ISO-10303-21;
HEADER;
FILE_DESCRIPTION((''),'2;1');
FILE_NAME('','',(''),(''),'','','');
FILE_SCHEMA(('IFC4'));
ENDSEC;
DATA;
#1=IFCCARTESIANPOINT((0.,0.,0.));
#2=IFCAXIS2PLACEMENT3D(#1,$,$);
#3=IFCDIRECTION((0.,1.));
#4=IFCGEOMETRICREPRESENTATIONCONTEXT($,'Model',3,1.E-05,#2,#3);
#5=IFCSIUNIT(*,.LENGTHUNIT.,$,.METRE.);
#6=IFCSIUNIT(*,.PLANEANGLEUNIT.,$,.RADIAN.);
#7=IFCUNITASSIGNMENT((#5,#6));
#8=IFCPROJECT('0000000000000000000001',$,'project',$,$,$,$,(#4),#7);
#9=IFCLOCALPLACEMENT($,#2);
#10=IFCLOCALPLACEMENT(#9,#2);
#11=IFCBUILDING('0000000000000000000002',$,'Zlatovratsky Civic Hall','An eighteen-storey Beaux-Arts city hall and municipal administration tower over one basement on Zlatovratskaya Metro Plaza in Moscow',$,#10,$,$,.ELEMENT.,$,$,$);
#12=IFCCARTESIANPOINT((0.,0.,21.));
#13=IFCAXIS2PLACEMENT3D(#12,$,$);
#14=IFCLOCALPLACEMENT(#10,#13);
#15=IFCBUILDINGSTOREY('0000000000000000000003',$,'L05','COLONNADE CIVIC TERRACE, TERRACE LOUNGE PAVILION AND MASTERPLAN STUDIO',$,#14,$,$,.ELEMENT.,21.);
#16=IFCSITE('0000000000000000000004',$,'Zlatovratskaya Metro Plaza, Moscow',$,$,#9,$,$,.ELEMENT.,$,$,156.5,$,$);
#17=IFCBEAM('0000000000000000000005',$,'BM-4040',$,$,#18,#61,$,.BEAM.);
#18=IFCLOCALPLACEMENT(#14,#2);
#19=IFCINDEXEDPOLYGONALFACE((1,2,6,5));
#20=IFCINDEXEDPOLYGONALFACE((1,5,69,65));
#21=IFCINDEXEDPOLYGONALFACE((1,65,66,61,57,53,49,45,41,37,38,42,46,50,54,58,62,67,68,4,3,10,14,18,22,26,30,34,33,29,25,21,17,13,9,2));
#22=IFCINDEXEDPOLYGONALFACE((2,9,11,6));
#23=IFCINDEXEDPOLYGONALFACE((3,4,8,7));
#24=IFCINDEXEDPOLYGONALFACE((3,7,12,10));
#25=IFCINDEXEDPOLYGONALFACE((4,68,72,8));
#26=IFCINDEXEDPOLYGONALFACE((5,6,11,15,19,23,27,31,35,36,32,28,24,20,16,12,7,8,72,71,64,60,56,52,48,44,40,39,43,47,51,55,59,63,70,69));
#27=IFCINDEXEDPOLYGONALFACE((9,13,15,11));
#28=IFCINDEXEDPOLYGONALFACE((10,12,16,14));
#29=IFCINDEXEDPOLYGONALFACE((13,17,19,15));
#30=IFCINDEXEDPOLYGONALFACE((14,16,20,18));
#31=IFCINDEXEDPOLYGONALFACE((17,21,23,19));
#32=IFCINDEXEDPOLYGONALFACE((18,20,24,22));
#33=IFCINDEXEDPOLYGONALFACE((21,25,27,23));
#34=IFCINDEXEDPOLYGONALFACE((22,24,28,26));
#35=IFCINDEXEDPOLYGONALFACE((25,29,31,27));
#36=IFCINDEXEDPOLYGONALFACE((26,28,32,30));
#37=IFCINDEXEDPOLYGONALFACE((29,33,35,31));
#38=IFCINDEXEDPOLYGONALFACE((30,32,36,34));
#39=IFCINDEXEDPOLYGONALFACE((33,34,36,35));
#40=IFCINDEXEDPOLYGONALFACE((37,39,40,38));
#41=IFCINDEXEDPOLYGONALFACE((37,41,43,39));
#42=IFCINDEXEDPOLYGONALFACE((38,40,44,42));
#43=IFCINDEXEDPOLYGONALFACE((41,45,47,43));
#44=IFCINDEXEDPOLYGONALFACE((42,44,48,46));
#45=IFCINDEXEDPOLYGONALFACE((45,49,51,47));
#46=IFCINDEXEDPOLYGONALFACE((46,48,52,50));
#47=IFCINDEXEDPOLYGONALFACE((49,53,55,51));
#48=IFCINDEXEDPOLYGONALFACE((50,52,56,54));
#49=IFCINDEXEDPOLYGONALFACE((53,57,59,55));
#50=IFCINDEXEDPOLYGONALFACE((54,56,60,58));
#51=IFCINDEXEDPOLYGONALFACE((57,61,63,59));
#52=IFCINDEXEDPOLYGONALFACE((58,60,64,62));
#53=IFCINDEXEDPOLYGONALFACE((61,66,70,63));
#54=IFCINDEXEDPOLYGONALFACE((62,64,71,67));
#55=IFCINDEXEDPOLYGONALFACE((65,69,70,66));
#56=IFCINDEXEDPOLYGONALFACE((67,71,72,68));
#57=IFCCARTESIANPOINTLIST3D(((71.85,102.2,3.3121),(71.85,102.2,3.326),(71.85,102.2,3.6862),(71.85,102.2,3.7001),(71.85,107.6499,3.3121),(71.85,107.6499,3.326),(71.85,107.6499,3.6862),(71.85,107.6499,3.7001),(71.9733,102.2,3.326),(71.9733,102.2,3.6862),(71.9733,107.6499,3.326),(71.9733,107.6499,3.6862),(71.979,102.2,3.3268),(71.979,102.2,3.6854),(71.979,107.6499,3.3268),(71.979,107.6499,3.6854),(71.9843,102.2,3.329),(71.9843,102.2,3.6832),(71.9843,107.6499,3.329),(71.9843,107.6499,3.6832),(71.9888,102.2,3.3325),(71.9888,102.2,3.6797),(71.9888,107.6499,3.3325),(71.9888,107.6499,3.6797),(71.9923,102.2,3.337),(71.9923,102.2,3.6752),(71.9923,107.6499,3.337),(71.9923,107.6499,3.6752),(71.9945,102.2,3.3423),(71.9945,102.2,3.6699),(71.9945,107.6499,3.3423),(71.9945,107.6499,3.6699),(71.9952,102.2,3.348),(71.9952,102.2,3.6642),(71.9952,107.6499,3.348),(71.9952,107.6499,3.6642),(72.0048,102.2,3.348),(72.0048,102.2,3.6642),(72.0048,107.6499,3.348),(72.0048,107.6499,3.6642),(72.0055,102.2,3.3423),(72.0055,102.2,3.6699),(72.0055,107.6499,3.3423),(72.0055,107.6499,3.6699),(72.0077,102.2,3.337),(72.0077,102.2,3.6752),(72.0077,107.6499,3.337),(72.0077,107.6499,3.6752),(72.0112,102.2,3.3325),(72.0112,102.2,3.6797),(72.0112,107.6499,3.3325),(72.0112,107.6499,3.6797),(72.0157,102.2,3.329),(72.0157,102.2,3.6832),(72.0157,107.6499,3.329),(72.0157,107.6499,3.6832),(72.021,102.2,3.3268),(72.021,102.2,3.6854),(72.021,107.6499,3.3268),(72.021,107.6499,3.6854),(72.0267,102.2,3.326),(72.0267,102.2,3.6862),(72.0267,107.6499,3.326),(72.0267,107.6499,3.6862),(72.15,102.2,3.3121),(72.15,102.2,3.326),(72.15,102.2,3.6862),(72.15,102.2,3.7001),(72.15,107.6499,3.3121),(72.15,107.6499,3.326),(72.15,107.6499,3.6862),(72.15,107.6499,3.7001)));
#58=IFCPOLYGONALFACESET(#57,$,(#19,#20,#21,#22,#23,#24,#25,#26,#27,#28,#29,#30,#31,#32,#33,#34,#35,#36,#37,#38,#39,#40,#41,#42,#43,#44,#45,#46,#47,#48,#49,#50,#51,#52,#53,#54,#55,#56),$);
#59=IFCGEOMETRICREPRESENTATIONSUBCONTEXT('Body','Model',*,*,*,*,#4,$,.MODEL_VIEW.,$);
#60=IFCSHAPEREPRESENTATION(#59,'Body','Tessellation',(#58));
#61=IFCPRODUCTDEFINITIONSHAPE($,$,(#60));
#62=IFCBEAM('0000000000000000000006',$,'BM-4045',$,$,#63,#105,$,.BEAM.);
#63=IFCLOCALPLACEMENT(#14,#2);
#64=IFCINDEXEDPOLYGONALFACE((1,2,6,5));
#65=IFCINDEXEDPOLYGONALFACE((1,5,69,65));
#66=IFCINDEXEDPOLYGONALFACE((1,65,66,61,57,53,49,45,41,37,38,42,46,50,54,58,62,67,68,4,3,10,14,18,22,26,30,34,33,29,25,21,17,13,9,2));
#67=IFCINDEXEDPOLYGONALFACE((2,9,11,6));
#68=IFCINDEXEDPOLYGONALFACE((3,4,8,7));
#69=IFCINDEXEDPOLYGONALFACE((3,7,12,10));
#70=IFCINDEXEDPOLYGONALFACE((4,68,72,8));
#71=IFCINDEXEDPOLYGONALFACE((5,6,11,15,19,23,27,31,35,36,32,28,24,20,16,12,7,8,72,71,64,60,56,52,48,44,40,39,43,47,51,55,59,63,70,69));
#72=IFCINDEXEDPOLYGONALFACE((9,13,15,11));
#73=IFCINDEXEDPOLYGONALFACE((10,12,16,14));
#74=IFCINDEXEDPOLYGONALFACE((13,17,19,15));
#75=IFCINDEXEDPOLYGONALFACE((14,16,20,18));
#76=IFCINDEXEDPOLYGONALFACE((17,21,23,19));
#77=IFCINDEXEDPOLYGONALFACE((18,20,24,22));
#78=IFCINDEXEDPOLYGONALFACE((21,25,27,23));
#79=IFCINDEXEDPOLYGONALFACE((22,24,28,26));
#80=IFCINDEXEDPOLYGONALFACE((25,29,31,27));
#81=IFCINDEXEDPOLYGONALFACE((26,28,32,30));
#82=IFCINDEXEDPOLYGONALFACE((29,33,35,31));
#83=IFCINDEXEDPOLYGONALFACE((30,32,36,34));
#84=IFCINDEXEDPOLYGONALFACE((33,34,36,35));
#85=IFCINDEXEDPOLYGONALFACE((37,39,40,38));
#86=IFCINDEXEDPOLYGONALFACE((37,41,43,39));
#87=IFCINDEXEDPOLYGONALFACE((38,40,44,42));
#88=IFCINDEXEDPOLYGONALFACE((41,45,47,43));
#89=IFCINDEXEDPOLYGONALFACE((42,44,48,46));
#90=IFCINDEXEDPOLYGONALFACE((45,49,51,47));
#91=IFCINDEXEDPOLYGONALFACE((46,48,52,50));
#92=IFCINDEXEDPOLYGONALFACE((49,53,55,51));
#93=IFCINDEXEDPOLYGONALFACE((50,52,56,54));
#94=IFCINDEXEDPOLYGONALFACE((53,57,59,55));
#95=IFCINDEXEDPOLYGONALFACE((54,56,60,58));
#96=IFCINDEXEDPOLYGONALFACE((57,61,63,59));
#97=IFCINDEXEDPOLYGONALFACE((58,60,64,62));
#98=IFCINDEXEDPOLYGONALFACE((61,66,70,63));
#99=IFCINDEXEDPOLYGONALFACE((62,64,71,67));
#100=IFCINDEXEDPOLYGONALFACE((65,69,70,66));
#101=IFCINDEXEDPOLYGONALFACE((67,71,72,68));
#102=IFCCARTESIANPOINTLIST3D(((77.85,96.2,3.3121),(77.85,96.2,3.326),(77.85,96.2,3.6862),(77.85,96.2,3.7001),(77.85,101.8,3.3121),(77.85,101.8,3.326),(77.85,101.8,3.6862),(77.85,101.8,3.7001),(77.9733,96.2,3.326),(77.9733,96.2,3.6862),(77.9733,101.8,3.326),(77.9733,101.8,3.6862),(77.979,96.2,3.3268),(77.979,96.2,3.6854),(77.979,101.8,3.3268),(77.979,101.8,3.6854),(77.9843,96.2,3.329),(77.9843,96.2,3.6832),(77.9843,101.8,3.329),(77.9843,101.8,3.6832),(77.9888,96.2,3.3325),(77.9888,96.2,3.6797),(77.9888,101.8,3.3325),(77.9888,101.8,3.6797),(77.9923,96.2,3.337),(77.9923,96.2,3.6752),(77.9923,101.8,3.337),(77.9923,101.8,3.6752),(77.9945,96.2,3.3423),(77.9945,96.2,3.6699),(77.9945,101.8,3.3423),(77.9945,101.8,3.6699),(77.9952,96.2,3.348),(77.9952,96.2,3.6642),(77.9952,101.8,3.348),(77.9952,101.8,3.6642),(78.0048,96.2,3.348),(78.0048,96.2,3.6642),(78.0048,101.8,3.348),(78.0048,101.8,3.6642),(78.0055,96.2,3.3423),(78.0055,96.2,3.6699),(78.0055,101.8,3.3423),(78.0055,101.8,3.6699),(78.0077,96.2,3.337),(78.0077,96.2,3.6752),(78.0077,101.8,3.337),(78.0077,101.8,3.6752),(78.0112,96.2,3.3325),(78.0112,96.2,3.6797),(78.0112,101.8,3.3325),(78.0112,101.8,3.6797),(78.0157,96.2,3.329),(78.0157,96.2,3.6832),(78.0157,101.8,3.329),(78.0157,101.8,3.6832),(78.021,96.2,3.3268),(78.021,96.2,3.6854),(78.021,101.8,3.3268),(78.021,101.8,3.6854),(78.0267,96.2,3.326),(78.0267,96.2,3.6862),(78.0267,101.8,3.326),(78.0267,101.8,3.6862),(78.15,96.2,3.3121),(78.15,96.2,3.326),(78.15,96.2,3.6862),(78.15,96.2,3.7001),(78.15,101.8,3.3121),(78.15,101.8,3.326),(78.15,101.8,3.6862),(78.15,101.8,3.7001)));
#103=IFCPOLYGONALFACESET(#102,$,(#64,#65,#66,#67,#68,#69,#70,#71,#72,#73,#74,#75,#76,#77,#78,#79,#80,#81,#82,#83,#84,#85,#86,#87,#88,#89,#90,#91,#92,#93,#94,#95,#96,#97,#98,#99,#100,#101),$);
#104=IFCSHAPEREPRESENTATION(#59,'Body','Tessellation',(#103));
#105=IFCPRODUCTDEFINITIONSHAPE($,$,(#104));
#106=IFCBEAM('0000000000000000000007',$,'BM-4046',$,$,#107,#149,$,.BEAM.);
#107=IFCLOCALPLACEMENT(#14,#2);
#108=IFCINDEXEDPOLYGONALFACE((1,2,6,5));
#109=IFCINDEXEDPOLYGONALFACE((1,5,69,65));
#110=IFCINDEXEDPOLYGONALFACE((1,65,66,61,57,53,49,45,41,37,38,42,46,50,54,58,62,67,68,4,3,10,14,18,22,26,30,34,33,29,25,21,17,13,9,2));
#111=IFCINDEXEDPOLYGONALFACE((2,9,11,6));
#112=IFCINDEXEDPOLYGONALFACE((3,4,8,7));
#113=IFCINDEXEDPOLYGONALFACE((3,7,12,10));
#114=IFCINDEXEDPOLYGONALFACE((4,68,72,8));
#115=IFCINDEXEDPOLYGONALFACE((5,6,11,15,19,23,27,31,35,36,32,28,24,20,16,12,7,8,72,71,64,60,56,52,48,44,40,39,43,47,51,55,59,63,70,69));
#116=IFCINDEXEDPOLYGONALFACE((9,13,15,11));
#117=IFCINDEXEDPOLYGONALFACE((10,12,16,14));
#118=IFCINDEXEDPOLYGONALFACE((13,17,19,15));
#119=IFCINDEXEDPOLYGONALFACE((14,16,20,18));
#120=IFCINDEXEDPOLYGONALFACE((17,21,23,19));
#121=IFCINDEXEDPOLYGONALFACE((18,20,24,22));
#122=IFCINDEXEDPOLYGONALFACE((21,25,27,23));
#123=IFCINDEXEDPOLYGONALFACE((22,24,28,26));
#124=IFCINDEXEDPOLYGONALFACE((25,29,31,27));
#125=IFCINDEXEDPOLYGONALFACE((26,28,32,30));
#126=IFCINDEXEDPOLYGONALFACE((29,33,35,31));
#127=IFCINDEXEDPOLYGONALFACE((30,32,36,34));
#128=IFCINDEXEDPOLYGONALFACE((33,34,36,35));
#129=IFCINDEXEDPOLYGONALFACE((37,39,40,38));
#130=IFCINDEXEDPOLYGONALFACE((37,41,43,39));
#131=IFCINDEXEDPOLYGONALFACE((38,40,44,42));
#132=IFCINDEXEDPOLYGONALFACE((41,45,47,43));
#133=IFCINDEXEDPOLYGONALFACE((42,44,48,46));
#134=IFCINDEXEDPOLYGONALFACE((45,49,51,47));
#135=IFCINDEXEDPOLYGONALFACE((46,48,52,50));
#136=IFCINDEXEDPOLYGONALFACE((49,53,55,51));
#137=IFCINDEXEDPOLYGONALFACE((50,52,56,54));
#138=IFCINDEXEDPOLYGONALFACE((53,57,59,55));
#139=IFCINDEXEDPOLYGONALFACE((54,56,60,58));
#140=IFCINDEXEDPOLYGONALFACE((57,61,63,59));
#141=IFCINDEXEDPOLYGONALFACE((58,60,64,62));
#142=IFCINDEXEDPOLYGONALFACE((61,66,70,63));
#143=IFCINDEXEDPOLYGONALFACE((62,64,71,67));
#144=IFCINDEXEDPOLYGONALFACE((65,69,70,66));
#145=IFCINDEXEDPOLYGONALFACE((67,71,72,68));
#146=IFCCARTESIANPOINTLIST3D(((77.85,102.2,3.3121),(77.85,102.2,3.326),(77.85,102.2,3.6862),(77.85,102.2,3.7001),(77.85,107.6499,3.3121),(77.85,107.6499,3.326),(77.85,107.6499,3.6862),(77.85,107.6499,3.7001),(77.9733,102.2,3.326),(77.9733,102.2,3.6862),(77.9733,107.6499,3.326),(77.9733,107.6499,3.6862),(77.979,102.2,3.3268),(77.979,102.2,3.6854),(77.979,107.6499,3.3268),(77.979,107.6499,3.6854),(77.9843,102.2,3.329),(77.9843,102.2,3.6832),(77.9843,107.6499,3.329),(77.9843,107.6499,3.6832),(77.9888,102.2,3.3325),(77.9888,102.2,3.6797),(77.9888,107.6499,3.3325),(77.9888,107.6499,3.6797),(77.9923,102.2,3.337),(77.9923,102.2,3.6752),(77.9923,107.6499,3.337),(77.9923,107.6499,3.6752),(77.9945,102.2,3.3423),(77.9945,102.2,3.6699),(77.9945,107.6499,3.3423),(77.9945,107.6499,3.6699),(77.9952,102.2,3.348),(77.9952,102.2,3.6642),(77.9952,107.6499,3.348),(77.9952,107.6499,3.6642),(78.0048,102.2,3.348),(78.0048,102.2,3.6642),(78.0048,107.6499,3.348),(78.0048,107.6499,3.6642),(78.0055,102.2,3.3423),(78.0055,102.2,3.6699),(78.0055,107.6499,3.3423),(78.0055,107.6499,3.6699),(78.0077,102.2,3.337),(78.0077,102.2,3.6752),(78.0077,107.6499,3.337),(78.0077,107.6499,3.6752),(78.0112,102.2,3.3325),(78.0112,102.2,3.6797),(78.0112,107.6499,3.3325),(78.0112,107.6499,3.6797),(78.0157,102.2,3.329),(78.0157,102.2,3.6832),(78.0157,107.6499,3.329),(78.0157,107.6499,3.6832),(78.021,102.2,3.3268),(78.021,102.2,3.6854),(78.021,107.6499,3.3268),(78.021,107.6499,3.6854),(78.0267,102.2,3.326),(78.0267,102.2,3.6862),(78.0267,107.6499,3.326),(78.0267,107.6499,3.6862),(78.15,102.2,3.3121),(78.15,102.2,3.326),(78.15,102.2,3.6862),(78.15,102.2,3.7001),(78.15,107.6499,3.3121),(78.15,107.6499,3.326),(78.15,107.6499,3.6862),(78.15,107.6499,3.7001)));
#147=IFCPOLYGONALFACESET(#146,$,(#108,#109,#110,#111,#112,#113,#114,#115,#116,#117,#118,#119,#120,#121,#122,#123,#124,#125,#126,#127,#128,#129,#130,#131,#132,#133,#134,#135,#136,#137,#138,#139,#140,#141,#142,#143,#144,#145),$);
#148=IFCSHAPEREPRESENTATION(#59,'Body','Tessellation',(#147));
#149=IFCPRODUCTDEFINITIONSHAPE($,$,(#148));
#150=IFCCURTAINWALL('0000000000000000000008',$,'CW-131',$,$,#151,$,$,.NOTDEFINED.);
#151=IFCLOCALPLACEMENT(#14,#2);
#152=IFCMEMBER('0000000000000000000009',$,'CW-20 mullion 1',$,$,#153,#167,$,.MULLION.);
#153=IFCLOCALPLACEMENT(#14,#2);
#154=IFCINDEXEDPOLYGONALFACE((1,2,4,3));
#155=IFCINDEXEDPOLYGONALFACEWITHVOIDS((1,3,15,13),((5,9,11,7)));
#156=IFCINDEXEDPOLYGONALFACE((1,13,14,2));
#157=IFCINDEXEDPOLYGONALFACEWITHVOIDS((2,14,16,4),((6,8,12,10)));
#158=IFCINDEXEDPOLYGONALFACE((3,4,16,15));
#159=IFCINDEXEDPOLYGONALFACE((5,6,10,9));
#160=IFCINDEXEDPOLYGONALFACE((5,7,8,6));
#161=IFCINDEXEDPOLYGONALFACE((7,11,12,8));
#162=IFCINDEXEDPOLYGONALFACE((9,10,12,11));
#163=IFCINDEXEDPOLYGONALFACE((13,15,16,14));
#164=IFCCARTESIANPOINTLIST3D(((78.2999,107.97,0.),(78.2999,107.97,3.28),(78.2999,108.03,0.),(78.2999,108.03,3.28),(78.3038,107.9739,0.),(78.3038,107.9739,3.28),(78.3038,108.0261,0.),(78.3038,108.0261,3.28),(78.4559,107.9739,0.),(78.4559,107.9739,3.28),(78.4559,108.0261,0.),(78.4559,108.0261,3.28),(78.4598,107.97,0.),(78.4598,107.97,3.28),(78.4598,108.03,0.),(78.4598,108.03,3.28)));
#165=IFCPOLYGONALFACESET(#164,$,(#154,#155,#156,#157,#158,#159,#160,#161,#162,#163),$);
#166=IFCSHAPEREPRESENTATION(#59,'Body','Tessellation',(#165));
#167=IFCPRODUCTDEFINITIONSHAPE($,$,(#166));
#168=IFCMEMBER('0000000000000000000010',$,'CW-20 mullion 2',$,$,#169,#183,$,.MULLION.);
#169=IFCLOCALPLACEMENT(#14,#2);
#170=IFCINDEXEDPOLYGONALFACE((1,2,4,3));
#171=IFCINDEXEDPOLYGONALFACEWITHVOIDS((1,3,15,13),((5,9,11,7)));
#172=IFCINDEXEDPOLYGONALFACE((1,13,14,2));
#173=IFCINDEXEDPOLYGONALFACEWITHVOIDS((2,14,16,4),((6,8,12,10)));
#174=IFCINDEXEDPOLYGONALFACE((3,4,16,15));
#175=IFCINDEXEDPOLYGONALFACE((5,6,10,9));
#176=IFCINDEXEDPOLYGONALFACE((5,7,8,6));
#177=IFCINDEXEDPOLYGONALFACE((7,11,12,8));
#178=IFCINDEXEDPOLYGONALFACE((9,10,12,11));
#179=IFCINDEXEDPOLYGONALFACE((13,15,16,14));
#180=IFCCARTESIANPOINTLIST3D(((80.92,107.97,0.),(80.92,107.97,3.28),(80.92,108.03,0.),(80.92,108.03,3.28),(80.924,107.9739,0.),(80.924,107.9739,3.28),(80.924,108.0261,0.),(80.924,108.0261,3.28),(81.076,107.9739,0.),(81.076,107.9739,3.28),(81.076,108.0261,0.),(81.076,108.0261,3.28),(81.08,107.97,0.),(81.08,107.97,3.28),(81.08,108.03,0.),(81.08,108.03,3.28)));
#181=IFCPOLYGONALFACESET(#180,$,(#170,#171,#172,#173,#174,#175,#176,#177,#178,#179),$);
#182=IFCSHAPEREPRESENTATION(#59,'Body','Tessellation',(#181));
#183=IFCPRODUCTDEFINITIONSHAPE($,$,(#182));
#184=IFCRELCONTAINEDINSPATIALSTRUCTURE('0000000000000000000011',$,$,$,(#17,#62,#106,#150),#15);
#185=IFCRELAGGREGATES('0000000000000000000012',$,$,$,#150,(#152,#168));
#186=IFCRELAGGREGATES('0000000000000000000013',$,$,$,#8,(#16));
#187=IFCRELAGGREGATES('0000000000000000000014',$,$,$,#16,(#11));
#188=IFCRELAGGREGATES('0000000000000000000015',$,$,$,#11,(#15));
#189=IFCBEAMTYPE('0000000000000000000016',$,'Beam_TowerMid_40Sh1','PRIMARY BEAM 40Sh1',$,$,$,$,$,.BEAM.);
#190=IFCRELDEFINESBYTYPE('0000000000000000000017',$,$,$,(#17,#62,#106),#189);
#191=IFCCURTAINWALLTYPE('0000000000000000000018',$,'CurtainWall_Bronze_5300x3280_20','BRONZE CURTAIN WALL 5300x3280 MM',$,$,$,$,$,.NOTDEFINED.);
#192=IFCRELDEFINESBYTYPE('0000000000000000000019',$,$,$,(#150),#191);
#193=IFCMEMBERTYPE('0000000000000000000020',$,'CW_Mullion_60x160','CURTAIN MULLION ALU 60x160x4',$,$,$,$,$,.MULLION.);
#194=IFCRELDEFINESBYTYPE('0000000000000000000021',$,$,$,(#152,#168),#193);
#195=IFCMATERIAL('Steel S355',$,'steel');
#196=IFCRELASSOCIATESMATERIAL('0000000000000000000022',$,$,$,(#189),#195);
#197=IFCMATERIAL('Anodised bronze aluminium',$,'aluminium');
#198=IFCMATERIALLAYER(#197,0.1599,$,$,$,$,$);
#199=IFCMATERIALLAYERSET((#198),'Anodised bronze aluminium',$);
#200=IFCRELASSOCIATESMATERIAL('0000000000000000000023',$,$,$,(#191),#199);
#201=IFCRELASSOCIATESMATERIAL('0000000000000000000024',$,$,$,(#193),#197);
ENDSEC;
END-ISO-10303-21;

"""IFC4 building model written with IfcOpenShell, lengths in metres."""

from ifc_helpers import new_model, si_unit, direction, frame, origin, origin_2d, place, context, subcontext, project, spatial, hollow_rectangle, i_section, extrude, material, layer, layer_set, material_profile, profile_set, type_object, element, aggregate, save


model = new_model("IFC4")

# Units and contexts
model_context = context("Model", 3, precision=1e-05, world=origin(), true_north=direction((0.0, 1.0)))
body_context = subcontext(model_context, "Body", "Model", "MODEL_VIEW")
ifc_project = project(units=[si_unit("LENGTHUNIT", "METRE"), si_unit("PLANEANGLEUNIT", "RADIAN")], contexts=[model_context])

# Site, building, storey
site_placement = place(None, origin())
site = spatial("IfcSite", under=ifc_project, at=site_placement, Name="Zlatovratskaya Metro Plaza, Moscow", CompositionType="ELEMENT", RefElevation=156.5)
building_placement = place(site_placement, origin())
building = spatial("IfcBuilding", under=site, at=building_placement, Name="Zlatovratsky Civic Hall", Description="An eighteen-storey Beaux-Arts city hall and municipal administration tower over one basement on Zlatovratskaya Metro Plaza in Moscow", CompositionType="ELEMENT")
storey_placement = place(building_placement, frame((0.0, 0.0, 21.0)))
storey = spatial("IfcBuildingStorey", under=building, at=storey_placement, Name="L05", Description="COLONNADE CIVIC TERRACE, TERRACE LOUNGE PAVILION AND MASTERPLAN STUDIO", CompositionType="ELEMENT", Elevation=21.0)

# Shared definitions
ifc_material_1 = material(Name="Steel S355", Category="steel")

# Beams
ifc_material_profile_1 = material_profile(ifc_material_1, i_section(OverallWidth=0.3, OverallDepth=0.3879, WebThickness=0.0095, FlangeThickness=0.0139, FilletRadius=0.022, at=origin_2d()), Name="40Sh1")
ifc_profile_set_1 = profile_set([ifc_material_profile_1], Name="Steel S355")
beam_type_1 = type_object("IfcBeamType", Name="Beam_TowerMid_40Sh1", Description="PRIMARY BEAM 40Sh1", PredefinedType="BEAM", material=ifc_profile_set_1)
for number, where, z_axis, x_axis, name in (
    (1, (72.0, 102.2, 3.5061), (0.0, 1.0, 0.0), (-1.0, 0.0, 0.0), "BM-4040"),
):
    element("IfcBeam", number, at=place(storey_placement, frame(where, z_axis=z_axis, x_axis=x_axis)), inside=storey, type_object=beam_type_1, Name=name, PredefinedType="BEAM", context=body_context, shape_type="SweptSolid", body=[
        extrude(i_section(OverallWidth=0.3, OverallDepth=0.3879, WebThickness=0.0095, FlangeThickness=0.0139, FilletRadius=0.022, at=origin_2d()), origin(), (0.0, 0.0, 1.0), 5.45),
    ])
beam_1_placement = place(storey_placement, frame((78.0, 96.2, 3.5061), z_axis=(0.0, 1.0, 0.0), x_axis=(-1.0, 0.0, 0.0)))
element("IfcBeam", 2, at=beam_1_placement, inside=storey, type_object=beam_type_1, Name="BM-4045", PredefinedType="BEAM", context=body_context, shape_type="SweptSolid", body=[
    extrude(i_section(OverallWidth=0.3, OverallDepth=0.3879, WebThickness=0.0095, FlangeThickness=0.0139, FilletRadius=0.022, at=origin_2d()), origin(), (0.0, 0.0, 1.0), 5.6001),
])
beam_2_placement = place(storey_placement, frame((78.0, 102.2, 3.5061), z_axis=(0.0, 1.0, 0.0), x_axis=(-1.0, 0.0, 0.0)))
element("IfcBeam", 3, at=beam_2_placement, inside=storey, type_object=beam_type_1, Name="BM-4046", PredefinedType="BEAM", context=body_context, shape_type="SweptSolid", body=[
    extrude(i_section(OverallWidth=0.3, OverallDepth=0.3879, WebThickness=0.0095, FlangeThickness=0.0139, FilletRadius=0.022, at=origin_2d()), origin(), (0.0, 0.0, 1.0), 5.45),
])

# Curtain wall, members
ifc_material_2 = material(Name="Anodised bronze aluminium", Category="aluminium")
ifc_layer_1 = layer(ifc_material_2, 0.1599)
ifc_layer_set_1 = layer_set([ifc_layer_1], Name="Anodised bronze aluminium")
curtain_wall_type = type_object("IfcCurtainWallType", Name="CurtainWall_Bronze_5300x3280_20", Description="BRONZE CURTAIN WALL 5300x3280 MM", PredefinedType="NOTDEFINED", material=ifc_layer_set_1)
curtain_wall_placement = place(storey_placement, origin())
curtain_wall = element("IfcCurtainWall", 4, at=curtain_wall_placement, inside=storey, type_object=curtain_wall_type, Name="CW-131", PredefinedType="NOTDEFINED")
ifc_material_profile_2 = material_profile(ifc_material_2, hollow_rectangle(XDim=0.0601, YDim=0.1599, WallThickness=0.0039, at=origin_2d()), Name="ALU 60x160x4")
ifc_profile_set_2 = profile_set([ifc_material_profile_2], Name="Anodised bronze aluminium")
member_type_1 = type_object("IfcMemberType", Name="CW_Mullion_60x160", Description="CURTAIN MULLION ALU 60x160x4", PredefinedType="MULLION", material=ifc_profile_set_2)
member_1_placement = place(storey_placement, frame((78.3799, 108.0, 0.0), z_axis=(0.0, 0.0, 1.0), x_axis=(0.0, 1.0, 0.0)))
member_1 = element("IfcMember", 5, at=member_1_placement, type_object=member_type_1, Name="CW-20 mullion 1", PredefinedType="MULLION", context=body_context, shape_type="SweptSolid", body=[
    extrude(hollow_rectangle(XDim=0.0601, YDim=0.1599, WallThickness=0.0039, at=origin_2d()), origin(), (0.0, 0.0, 1.0), 3.28),
])
member_2_placement = place(storey_placement, frame((81.0, 108.0, 0.0), z_axis=(0.0, 0.0, 1.0), x_axis=(0.0, 1.0, 0.0)))
member_2 = element("IfcMember", 6, at=member_2_placement, type_object=member_type_1, Name="CW-20 mullion 2", PredefinedType="MULLION", context=body_context, shape_type="SweptSolid", body=[
    extrude(hollow_rectangle(XDim=0.0601, YDim=0.1599, WallThickness=0.0039, at=origin_2d()), origin(), (0.0, 0.0, 1.0), 3.28),
])
aggregate(curtain_wall, [member_1, member_2])

save(model, "model.ifc")
